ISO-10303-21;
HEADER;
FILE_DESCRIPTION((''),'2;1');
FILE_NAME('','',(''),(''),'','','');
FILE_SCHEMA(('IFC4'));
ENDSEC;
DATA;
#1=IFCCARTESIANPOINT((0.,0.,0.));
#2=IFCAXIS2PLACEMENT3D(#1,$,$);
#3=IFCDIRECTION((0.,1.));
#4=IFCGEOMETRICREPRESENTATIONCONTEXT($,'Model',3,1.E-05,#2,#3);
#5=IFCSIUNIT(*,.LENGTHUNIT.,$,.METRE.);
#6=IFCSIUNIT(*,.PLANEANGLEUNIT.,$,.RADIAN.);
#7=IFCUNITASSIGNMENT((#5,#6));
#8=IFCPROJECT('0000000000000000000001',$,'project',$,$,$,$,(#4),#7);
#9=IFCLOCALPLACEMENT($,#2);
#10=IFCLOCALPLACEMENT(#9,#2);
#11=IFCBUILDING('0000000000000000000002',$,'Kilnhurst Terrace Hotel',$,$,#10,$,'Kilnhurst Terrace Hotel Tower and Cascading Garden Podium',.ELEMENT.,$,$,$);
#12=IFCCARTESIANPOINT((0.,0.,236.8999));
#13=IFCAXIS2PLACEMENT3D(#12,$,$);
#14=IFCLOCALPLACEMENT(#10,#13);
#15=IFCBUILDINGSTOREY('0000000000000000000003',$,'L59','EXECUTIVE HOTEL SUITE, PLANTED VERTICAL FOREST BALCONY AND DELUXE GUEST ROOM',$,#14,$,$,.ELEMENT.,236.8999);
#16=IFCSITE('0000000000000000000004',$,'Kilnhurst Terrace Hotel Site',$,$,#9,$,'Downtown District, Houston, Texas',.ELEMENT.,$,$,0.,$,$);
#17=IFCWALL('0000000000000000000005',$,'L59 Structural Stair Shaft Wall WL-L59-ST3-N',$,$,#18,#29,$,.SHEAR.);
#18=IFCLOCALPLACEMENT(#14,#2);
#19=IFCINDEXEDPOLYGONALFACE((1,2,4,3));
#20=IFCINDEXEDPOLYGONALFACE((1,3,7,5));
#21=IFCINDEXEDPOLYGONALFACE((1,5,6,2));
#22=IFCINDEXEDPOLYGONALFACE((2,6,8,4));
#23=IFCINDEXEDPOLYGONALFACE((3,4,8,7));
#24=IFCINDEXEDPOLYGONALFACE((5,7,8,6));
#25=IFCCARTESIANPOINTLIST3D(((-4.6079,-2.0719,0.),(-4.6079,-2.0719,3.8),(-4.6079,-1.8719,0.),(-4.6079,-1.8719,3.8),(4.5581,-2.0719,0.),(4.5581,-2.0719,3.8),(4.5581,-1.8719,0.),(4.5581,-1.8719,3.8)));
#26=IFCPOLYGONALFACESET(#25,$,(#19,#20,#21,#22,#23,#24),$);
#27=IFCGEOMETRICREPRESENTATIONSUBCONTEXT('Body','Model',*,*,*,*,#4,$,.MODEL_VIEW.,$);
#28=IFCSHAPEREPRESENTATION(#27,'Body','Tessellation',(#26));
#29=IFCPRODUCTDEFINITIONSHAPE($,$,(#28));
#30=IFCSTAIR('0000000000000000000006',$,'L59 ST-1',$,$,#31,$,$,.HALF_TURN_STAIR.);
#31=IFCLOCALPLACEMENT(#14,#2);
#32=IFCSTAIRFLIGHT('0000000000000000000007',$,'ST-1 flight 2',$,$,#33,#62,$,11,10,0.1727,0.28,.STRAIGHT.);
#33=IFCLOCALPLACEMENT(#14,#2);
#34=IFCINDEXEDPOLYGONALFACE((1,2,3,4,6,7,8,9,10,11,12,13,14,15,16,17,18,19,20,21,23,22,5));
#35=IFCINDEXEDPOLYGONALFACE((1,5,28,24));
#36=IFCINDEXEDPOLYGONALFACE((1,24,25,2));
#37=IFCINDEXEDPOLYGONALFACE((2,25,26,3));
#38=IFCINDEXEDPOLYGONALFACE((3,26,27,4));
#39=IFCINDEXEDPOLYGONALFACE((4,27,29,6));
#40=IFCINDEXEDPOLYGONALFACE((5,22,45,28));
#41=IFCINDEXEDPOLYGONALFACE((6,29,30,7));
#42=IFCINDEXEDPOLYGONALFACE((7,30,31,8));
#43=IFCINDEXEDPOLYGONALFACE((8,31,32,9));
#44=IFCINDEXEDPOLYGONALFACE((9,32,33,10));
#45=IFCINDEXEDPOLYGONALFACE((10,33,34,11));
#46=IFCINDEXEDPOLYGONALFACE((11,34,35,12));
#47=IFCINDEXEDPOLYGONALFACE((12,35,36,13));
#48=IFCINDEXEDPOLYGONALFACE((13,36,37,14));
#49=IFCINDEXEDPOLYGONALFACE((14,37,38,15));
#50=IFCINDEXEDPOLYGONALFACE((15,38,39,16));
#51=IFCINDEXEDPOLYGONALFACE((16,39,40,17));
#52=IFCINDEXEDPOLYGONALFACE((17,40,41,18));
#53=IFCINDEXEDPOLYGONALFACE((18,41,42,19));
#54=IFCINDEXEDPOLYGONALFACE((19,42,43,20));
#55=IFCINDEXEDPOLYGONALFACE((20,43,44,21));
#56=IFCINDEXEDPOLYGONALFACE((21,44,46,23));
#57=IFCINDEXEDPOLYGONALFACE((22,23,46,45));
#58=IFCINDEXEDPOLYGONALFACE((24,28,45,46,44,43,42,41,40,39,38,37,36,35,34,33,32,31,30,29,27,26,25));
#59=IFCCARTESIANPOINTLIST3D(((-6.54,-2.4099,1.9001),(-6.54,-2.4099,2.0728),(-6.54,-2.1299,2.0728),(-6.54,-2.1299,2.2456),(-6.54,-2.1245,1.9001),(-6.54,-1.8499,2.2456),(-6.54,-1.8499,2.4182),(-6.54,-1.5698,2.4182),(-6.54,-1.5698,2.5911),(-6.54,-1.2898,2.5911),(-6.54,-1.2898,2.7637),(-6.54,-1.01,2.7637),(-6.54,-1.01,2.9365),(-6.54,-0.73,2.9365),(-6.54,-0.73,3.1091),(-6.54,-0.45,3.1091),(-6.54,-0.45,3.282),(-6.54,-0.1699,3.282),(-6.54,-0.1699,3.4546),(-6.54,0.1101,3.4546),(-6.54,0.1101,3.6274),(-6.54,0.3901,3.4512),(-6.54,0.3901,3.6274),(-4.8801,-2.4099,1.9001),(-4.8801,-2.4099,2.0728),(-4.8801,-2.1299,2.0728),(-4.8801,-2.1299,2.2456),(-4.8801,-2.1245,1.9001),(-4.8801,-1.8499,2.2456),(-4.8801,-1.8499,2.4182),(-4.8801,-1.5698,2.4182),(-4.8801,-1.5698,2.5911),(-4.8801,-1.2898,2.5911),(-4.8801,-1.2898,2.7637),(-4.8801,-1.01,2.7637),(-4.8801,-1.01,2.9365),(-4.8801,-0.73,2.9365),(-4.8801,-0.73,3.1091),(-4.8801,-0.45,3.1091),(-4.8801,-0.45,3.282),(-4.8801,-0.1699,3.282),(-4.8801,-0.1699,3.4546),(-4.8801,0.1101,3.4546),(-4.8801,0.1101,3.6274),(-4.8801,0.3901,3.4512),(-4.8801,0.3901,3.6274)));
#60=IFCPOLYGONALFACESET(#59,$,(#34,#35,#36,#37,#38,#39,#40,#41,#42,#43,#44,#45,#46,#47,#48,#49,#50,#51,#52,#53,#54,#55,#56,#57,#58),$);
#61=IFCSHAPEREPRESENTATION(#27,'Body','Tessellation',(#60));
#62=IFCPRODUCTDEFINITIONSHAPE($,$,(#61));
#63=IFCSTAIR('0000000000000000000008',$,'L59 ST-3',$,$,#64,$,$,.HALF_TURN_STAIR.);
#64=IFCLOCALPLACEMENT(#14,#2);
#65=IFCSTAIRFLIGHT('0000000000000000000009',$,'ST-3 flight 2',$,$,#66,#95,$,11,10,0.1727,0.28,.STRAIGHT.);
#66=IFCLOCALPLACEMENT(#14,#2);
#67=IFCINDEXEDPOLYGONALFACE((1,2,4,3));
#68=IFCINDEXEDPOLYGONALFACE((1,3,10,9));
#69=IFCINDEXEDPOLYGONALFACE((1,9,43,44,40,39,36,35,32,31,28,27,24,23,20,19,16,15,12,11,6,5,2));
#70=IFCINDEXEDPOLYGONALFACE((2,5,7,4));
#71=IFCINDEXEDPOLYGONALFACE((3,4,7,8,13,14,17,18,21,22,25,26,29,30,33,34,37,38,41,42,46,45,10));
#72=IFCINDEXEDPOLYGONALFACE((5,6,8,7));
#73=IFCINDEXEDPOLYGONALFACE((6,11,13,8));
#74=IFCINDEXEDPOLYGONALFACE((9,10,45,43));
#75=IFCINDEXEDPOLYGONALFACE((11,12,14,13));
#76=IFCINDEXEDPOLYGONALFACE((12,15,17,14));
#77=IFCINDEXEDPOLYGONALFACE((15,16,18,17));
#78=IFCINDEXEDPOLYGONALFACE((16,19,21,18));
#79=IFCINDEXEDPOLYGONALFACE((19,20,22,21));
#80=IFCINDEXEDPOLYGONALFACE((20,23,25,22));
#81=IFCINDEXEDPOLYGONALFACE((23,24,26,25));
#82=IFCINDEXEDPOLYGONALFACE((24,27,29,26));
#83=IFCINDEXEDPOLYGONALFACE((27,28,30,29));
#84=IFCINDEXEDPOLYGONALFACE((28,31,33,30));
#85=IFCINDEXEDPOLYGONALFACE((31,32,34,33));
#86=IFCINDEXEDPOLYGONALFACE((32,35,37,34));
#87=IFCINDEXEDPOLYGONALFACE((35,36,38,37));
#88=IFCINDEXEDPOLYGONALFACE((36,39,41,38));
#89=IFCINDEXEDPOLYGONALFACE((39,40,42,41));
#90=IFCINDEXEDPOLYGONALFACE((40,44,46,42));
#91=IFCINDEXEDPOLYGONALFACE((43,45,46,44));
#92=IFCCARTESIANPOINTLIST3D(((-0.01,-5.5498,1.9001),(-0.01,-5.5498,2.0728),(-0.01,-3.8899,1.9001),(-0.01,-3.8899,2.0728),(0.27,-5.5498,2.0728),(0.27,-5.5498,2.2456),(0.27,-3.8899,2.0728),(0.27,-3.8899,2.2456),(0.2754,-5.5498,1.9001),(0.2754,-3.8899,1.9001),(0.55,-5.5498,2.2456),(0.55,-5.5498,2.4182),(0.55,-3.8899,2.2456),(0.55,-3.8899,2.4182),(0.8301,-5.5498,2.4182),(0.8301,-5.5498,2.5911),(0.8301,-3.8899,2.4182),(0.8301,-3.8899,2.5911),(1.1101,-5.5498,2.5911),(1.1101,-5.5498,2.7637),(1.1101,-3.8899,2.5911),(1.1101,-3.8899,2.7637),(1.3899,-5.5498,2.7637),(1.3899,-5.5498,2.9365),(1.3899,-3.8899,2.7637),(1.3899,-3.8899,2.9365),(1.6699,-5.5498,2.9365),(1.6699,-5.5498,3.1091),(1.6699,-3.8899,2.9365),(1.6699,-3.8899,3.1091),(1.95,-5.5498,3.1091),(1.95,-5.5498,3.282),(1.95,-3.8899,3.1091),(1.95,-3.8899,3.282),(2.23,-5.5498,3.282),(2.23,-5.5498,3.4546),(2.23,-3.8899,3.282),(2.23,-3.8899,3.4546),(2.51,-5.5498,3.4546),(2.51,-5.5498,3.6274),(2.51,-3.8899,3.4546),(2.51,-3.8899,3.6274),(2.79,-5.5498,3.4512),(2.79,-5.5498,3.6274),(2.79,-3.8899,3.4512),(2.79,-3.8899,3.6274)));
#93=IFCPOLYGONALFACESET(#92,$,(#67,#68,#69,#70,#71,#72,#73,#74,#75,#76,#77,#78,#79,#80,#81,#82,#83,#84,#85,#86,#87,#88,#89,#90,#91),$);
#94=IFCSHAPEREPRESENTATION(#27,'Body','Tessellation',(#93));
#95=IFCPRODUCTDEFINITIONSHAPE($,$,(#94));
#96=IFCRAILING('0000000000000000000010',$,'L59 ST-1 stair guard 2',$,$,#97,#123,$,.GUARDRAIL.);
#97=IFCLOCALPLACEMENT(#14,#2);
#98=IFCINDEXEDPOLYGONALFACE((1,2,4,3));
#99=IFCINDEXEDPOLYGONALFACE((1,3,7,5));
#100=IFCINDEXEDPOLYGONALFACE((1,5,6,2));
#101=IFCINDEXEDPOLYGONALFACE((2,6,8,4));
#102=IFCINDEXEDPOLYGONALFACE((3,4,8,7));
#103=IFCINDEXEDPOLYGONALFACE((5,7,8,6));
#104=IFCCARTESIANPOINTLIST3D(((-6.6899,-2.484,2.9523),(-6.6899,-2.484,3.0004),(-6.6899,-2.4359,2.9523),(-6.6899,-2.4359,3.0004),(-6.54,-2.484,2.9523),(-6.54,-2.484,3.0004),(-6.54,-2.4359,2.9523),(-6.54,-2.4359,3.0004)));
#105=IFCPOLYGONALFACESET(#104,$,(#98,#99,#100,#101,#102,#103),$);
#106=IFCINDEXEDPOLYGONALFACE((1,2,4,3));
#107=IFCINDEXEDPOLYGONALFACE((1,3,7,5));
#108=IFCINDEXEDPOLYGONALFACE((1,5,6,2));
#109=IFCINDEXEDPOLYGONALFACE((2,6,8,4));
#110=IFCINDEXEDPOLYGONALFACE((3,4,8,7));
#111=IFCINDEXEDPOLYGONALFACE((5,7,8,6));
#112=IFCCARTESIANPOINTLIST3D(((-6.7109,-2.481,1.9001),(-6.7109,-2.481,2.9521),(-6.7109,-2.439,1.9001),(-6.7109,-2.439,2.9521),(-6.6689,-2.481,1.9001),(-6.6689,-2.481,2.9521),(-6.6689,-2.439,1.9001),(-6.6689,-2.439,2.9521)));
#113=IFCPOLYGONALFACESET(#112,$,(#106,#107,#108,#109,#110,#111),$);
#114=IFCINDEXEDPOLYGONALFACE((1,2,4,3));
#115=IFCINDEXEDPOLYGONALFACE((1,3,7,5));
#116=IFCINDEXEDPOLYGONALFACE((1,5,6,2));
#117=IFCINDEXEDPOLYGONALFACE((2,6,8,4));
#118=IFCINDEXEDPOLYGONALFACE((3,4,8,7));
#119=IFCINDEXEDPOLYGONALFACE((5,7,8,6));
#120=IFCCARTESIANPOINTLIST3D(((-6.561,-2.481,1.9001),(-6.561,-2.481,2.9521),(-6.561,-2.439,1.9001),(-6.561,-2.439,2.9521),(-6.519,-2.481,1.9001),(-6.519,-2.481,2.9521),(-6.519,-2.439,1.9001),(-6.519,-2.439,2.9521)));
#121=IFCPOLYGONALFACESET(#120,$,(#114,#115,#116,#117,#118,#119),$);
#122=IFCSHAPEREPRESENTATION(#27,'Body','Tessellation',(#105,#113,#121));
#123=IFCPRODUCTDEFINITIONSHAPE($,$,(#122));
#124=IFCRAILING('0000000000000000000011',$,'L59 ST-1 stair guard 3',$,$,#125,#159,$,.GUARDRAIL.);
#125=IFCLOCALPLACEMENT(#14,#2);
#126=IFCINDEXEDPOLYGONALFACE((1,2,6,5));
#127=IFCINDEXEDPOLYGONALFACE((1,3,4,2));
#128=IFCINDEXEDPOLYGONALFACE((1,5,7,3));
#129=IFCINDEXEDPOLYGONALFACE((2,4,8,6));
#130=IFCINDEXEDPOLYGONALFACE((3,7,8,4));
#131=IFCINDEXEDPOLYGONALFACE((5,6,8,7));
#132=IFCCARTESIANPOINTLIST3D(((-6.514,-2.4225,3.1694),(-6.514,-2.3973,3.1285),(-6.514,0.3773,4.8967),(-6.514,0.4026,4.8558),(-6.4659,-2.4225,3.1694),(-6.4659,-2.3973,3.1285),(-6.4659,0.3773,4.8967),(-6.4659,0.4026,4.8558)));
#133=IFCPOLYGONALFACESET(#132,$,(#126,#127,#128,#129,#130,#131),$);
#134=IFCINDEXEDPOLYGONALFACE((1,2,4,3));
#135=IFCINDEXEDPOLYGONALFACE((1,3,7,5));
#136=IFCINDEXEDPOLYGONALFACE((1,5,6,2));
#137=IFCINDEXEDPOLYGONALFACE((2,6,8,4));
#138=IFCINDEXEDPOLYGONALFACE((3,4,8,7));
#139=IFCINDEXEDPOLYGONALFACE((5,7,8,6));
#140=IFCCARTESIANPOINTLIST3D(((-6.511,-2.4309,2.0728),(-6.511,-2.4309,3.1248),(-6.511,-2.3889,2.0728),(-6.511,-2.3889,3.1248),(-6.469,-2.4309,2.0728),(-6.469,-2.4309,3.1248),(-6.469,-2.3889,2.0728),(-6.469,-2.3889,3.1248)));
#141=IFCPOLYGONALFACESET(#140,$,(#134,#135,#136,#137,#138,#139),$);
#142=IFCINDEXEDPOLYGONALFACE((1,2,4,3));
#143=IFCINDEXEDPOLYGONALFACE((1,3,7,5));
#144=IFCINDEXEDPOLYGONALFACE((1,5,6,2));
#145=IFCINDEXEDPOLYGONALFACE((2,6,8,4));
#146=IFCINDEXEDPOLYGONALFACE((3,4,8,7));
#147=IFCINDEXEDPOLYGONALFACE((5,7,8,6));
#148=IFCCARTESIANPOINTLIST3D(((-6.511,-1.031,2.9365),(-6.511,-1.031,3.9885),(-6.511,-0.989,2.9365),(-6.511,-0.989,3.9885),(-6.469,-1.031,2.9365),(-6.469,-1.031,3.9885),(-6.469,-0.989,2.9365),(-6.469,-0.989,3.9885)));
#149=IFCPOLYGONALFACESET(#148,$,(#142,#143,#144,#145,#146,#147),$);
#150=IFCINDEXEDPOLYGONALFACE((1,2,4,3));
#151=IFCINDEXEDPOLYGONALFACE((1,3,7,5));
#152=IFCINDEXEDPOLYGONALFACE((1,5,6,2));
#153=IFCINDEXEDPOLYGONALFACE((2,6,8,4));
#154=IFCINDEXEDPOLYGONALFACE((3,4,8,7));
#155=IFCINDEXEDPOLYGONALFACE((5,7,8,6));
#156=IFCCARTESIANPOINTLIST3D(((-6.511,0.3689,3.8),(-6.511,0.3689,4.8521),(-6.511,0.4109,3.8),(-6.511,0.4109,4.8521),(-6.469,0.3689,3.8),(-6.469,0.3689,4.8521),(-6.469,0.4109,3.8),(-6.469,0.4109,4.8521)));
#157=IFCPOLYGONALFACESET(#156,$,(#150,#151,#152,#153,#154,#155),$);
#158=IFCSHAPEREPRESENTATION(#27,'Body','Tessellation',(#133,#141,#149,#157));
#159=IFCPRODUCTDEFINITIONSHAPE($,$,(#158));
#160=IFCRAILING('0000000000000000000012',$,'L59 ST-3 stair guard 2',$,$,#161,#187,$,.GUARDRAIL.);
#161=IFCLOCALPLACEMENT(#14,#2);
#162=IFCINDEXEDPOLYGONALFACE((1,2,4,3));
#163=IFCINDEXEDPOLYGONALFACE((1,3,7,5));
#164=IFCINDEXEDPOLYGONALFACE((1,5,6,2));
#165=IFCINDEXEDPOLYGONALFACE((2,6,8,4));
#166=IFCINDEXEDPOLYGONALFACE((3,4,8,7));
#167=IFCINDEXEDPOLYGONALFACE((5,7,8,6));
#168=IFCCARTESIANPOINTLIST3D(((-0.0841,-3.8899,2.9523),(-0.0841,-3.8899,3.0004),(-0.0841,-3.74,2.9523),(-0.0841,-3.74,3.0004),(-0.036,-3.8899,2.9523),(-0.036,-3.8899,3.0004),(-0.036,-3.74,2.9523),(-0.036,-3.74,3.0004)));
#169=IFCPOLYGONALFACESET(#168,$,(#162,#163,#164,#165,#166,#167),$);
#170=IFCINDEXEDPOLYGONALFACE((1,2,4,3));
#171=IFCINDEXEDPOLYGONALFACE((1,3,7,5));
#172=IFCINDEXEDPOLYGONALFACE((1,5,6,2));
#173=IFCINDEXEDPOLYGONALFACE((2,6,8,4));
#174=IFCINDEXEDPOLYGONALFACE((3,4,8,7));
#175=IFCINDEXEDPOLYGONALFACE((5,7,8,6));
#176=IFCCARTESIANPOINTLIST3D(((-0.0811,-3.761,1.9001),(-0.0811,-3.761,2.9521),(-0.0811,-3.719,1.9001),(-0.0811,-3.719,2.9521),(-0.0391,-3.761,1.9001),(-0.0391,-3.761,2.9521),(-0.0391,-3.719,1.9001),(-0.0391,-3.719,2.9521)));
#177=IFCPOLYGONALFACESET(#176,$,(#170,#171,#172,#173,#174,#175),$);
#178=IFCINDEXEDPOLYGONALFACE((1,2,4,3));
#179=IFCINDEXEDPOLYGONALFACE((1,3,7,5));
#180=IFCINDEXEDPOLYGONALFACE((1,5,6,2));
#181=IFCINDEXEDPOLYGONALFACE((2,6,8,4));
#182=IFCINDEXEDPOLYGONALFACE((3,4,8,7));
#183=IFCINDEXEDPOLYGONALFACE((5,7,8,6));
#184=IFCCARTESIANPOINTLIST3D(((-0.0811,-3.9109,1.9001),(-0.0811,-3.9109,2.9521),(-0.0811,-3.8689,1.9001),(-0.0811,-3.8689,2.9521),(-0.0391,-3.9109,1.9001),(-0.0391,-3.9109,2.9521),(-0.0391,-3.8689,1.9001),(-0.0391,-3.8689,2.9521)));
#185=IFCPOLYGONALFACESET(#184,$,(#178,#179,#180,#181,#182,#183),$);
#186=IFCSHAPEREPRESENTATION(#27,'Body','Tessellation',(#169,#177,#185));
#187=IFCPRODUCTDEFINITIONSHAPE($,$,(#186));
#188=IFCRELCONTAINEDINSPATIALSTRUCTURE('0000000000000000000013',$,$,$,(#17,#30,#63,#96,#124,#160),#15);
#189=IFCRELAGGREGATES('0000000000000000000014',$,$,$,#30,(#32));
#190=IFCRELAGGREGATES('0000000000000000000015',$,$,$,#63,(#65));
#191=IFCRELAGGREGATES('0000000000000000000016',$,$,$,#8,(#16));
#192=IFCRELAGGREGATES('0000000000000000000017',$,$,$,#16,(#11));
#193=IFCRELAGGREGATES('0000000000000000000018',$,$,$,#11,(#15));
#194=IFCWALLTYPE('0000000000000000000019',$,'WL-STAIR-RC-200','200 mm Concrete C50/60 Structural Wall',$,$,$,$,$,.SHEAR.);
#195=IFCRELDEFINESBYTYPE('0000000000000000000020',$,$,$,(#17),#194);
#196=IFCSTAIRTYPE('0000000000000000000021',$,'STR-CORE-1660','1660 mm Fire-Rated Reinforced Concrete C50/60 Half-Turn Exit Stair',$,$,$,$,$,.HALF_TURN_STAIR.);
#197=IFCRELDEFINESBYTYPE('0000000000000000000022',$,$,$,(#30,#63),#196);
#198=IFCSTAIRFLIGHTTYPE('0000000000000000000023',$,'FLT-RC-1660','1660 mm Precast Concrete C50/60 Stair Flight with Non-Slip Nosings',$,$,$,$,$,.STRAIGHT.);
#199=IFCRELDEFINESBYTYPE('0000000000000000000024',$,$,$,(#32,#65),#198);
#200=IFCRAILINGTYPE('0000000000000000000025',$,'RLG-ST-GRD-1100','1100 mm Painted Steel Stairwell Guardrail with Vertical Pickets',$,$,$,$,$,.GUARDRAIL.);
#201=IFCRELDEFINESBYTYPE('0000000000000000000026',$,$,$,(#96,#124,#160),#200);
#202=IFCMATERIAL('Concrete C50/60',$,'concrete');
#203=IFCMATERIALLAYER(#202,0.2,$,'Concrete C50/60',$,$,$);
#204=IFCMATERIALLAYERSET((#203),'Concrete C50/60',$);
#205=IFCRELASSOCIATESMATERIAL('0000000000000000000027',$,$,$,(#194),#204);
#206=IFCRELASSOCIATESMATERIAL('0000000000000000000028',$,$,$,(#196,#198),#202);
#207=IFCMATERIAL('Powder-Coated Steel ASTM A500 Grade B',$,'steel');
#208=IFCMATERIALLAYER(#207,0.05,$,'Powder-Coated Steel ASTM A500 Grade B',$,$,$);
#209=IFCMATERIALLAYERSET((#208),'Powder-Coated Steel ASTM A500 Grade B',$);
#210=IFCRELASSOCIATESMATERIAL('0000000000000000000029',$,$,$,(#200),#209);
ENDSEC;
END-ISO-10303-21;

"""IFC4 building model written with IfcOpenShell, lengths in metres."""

from ifc_helpers import new_model, si_unit, direction, frame, frame_2d, origin, origin_2d, place, context, subcontext, project, spatial, polyline, rectangle, outline, extrude, material, layer, layer_set, type_object, element, aggregate, save


model = new_model("IFC4")

# Units and contexts
model_context = context("Model", 3, precision=1e-05, world=origin(), true_north=direction((0.0, 1.0)))
body_context = subcontext(model_context, "Body", "Model", "MODEL_VIEW")
ifc_project = project(units=[si_unit("LENGTHUNIT", "METRE"), si_unit("PLANEANGLEUNIT", "RADIAN")], contexts=[model_context])

# Site, building, storey
site_placement = place(None, origin())
site = spatial("IfcSite", under=ifc_project, at=site_placement, Name="Kilnhurst Terrace Hotel Site", LongName="Downtown District, Houston, Texas", CompositionType="ELEMENT", RefElevation=0.0)
building_placement = place(site_placement, origin())
building = spatial("IfcBuilding", under=site, at=building_placement, Name="Kilnhurst Terrace Hotel", LongName="Kilnhurst Terrace Hotel Tower and Cascading Garden Podium", CompositionType="ELEMENT")
storey_placement = place(building_placement, frame((0.0, 0.0, 236.8999)))
storey = spatial("IfcBuildingStorey", under=building, at=storey_placement, Name="L59", Description="EXECUTIVE HOTEL SUITE, PLANTED VERTICAL FOREST BALCONY AND DELUXE GUEST ROOM", CompositionType="ELEMENT", Elevation=236.8999)

# Shared definitions
ifc_material_1 = material(Name="Concrete C50/60", Category="concrete")
ifc_layer_1 = layer(ifc_material_1, 0.2, Name="Concrete C50/60")
ifc_layer_set_1 = layer_set([ifc_layer_1], Name="Concrete C50/60")
wall_type_1 = type_object("IfcWallType", Name="WL-STAIR-RC-200", Description="200 mm Concrete C50/60 Structural Wall", PredefinedType="SHEAR", material=ifc_layer_set_1)

# Wall
wall_1_placement = place(storey_placement, frame((-4.6079, -1.9719, 0.0), z_axis=(0.0, 0.0, 1.0), x_axis=(1.0, 0.0, 0.0)))
element("IfcWall", 1, at=wall_1_placement, inside=storey, type_object=wall_type_1, Name="L59 Structural Stair Shaft Wall WL-L59-ST3-N", PredefinedType="SHEAR", context=body_context, shape_type="SweptSolid", body=[
    extrude(rectangle(XDim=9.166, YDim=0.2, at=frame_2d((4.583, 0.0))), origin(), (0.0, 0.0, 1.0), 3.8),
])

# Stairs, stair flights
stair_type = type_object("IfcStairType", Name="STR-CORE-1660", Description="1660 mm Fire-Rated Reinforced Concrete C50/60 Half-Turn Exit Stair", PredefinedType="HALF_TURN_STAIR", material=ifc_material_1)
stair_1_placement = place(storey_placement, origin())
stair_1 = element("IfcStair", 2, at=stair_1_placement, inside=storey, type_object=stair_type, Name="L59 ST-1", PredefinedType="HALF_TURN_STAIR")
stair_flight_type = type_object("IfcStairFlightType", Name="FLT-RC-1660", Description="1660 mm Precast Concrete C50/60 Stair Flight with Non-Slip Nosings", PredefinedType="STRAIGHT", material=ifc_material_1)
stair_flight_1_placement = place(storey_placement, frame((-5.71, -2.4099, 1.9001), z_axis=(0.0, 0.0, 1.0), x_axis=(0.0, 1.0, 0.0)))
stair_flight_1 = element("IfcStairFlight", 3, at=stair_flight_1_placement, type_object=stair_flight_type, Name="ST-1 flight 2", NumberOfRisers=11, NumberOfTreads=10, PredefinedType="STRAIGHT", RiserHeight=0.1727, TreadLength=0.28, context=body_context, shape_type="SweptSolid", body=[
    extrude(outline(polyline([(0.0, 0.0), (0.0, 0.1726), (0.28, 0.1726), (0.28, 0.3455), (0.5601, 0.3455), (0.5601, 0.5181), (0.8401, 0.5181), (0.8401, 0.6909), (1.1201, 0.6909), (1.1201, 0.8635), (1.3999, 0.8635), (1.3999, 1.0364), (1.6799, 1.0364), (1.6799, 1.209), (1.96, 1.209), (1.96, 1.3818), (2.24, 1.3818), (2.24, 1.5544), (2.52, 1.5544), (2.52, 1.7273), (2.8, 1.7273), (2.8, 1.8999), (2.8, 1.551), (0.2854, 0.0), (0.0, 0.0)])), frame((0.0, 0.8301, 0.0), z_axis=(0.0, -1.0, 0.0), x_axis=(1.0, 0.0, 0.0)), (0.0, 0.0, 1.0), 1.6599),
])
aggregate(stair_1, [stair_flight_1])
stair_2_placement = place(storey_placement, origin())
stair_2 = element("IfcStair", 4, at=stair_2_placement, inside=storey, type_object=stair_type, Name="L59 ST-3", PredefinedType="HALF_TURN_STAIR")
stair_flight_2_placement = place(storey_placement, frame((-0.01, -4.72, 1.9001), z_axis=(0.0, 0.0, 1.0), x_axis=(1.0, 0.0, 0.0)))
stair_flight_2 = element("IfcStairFlight", 5, at=stair_flight_2_placement, type_object=stair_flight_type, Name="ST-3 flight 2", NumberOfRisers=11, NumberOfTreads=10, PredefinedType="STRAIGHT", RiserHeight=0.1727, TreadLength=0.28, context=body_context, shape_type="SweptSolid", body=[
    extrude(outline(polyline([(0.0, 0.0), (0.0, 0.1726), (0.28, 0.1726), (0.28, 0.3455), (0.5601, 0.3455), (0.5601, 0.5181), (0.8401, 0.5181), (0.8401, 0.6909), (1.1201, 0.6909), (1.1201, 0.8635), (1.3999, 0.8635), (1.3999, 1.0364), (1.6799, 1.0364), (1.6799, 1.209), (1.96, 1.209), (1.96, 1.3818), (2.24, 1.3818), (2.24, 1.5544), (2.52, 1.5544), (2.52, 1.7273), (2.8, 1.7273), (2.8, 1.8999), (2.8, 1.551), (0.2854, 0.0), (0.0, 0.0)])), frame((0.0, 0.8301, 0.0), z_axis=(0.0, -1.0, 0.0), x_axis=(1.0, 0.0, 0.0)), (0.0, 0.0, 1.0), 1.6599),
])
aggregate(stair_2, [stair_flight_2])

# Railings
ifc_material_2 = material(Name="Powder-Coated Steel ASTM A500 Grade B", Category="steel")
ifc_layer_2 = layer(ifc_material_2, 0.05, Name="Powder-Coated Steel ASTM A500 Grade B")
ifc_layer_set_2 = layer_set([ifc_layer_2], Name="Powder-Coated Steel ASTM A500 Grade B")
railing_type_1 = type_object("IfcRailingType", Name="RLG-ST-GRD-1100", Description="1100 mm Painted Steel Stairwell Guardrail with Vertical Pickets", PredefinedType="GUARDRAIL", material=ifc_layer_set_2)
railing_1_placement = place(storey_placement, frame((-6.6899, -2.46, 1.9001)))
element("IfcRailing", 6, at=railing_1_placement, inside=storey, type_object=railing_type_1, Name="L59 ST-1 stair guard 2", PredefinedType="GUARDRAIL", context=body_context, shape_type="SweptSolid", body=[
    extrude(rectangle(XDim=0.0481, YDim=0.0481, at=origin_2d()), frame((0.0, 0.0, 1.0762), z_axis=(1.0, 0.0, 0.0), x_axis=(0.0, 1.0, 0.0)), (0.0, 0.0, 1.0), 0.1499),
    extrude(rectangle(XDim=0.042, YDim=0.042, at=origin_2d()), origin(), (0.0, 0.0, 1.0), 1.052),
    extrude(rectangle(XDim=0.042, YDim=0.042, at=origin_2d()), frame((0.1499, 0.0, 0.0)), (0.0, 0.0, 1.0), 1.052),
])
railing_2_placement = place(storey_placement, frame((-6.49, -2.4099, 2.0728)))
element("IfcRailing", 7, at=railing_2_placement, inside=storey, type_object=railing_type_1, Name="L59 ST-1 stair guard 3", PredefinedType="GUARDRAIL", context=body_context, shape_type="SweptSolid", body=[
    extrude(rectangle(XDim=0.0481, YDim=0.0481, at=origin_2d()), frame((0.0, 0.0, 1.0762), z_axis=(0.0, 0.851069, 0.525054), x_axis=(-1.0, 0.0, 0.0)), (0.0, 0.0, 1.0), 3.2898),
    extrude(rectangle(XDim=0.042, YDim=0.042, at=origin_2d()), origin(), (0.0, 0.0, 1.0), 1.052),
    extrude(rectangle(XDim=0.042, YDim=0.042, at=origin_2d()), frame((0.0, 1.3999, 0.8638)), (0.0, 0.0, 1.0), 1.052),
    extrude(rectangle(XDim=0.042, YDim=0.042, at=origin_2d()), frame((0.0, 2.7998, 1.7273)), (0.0, 0.0, 1.0), 1.052),
])
railing_3_placement = place(storey_placement, frame((-0.0601, -3.74, 1.9001)))
element("IfcRailing", 8, at=railing_3_placement, inside=storey, type_object=railing_type_1, Name="L59 ST-3 stair guard 2", PredefinedType="GUARDRAIL", context=body_context, shape_type="SweptSolid", body=[
    extrude(rectangle(XDim=0.0481, YDim=0.0481, at=origin_2d()), frame((0.0, 0.0, 1.0762), z_axis=(0.0, -1.0, 0.0), x_axis=(1.0, 0.0, 0.0)), (0.0, 0.0, 1.0), 0.1499),
    extrude(rectangle(XDim=0.042, YDim=0.042, at=origin_2d()), origin(), (0.0, 0.0, 1.0), 1.052),
    extrude(rectangle(XDim=0.042, YDim=0.042, at=origin_2d()), frame((0.0, -0.1499, 0.0)), (0.0, 0.0, 1.0), 1.052),
])

save(model, "model.ifc")
